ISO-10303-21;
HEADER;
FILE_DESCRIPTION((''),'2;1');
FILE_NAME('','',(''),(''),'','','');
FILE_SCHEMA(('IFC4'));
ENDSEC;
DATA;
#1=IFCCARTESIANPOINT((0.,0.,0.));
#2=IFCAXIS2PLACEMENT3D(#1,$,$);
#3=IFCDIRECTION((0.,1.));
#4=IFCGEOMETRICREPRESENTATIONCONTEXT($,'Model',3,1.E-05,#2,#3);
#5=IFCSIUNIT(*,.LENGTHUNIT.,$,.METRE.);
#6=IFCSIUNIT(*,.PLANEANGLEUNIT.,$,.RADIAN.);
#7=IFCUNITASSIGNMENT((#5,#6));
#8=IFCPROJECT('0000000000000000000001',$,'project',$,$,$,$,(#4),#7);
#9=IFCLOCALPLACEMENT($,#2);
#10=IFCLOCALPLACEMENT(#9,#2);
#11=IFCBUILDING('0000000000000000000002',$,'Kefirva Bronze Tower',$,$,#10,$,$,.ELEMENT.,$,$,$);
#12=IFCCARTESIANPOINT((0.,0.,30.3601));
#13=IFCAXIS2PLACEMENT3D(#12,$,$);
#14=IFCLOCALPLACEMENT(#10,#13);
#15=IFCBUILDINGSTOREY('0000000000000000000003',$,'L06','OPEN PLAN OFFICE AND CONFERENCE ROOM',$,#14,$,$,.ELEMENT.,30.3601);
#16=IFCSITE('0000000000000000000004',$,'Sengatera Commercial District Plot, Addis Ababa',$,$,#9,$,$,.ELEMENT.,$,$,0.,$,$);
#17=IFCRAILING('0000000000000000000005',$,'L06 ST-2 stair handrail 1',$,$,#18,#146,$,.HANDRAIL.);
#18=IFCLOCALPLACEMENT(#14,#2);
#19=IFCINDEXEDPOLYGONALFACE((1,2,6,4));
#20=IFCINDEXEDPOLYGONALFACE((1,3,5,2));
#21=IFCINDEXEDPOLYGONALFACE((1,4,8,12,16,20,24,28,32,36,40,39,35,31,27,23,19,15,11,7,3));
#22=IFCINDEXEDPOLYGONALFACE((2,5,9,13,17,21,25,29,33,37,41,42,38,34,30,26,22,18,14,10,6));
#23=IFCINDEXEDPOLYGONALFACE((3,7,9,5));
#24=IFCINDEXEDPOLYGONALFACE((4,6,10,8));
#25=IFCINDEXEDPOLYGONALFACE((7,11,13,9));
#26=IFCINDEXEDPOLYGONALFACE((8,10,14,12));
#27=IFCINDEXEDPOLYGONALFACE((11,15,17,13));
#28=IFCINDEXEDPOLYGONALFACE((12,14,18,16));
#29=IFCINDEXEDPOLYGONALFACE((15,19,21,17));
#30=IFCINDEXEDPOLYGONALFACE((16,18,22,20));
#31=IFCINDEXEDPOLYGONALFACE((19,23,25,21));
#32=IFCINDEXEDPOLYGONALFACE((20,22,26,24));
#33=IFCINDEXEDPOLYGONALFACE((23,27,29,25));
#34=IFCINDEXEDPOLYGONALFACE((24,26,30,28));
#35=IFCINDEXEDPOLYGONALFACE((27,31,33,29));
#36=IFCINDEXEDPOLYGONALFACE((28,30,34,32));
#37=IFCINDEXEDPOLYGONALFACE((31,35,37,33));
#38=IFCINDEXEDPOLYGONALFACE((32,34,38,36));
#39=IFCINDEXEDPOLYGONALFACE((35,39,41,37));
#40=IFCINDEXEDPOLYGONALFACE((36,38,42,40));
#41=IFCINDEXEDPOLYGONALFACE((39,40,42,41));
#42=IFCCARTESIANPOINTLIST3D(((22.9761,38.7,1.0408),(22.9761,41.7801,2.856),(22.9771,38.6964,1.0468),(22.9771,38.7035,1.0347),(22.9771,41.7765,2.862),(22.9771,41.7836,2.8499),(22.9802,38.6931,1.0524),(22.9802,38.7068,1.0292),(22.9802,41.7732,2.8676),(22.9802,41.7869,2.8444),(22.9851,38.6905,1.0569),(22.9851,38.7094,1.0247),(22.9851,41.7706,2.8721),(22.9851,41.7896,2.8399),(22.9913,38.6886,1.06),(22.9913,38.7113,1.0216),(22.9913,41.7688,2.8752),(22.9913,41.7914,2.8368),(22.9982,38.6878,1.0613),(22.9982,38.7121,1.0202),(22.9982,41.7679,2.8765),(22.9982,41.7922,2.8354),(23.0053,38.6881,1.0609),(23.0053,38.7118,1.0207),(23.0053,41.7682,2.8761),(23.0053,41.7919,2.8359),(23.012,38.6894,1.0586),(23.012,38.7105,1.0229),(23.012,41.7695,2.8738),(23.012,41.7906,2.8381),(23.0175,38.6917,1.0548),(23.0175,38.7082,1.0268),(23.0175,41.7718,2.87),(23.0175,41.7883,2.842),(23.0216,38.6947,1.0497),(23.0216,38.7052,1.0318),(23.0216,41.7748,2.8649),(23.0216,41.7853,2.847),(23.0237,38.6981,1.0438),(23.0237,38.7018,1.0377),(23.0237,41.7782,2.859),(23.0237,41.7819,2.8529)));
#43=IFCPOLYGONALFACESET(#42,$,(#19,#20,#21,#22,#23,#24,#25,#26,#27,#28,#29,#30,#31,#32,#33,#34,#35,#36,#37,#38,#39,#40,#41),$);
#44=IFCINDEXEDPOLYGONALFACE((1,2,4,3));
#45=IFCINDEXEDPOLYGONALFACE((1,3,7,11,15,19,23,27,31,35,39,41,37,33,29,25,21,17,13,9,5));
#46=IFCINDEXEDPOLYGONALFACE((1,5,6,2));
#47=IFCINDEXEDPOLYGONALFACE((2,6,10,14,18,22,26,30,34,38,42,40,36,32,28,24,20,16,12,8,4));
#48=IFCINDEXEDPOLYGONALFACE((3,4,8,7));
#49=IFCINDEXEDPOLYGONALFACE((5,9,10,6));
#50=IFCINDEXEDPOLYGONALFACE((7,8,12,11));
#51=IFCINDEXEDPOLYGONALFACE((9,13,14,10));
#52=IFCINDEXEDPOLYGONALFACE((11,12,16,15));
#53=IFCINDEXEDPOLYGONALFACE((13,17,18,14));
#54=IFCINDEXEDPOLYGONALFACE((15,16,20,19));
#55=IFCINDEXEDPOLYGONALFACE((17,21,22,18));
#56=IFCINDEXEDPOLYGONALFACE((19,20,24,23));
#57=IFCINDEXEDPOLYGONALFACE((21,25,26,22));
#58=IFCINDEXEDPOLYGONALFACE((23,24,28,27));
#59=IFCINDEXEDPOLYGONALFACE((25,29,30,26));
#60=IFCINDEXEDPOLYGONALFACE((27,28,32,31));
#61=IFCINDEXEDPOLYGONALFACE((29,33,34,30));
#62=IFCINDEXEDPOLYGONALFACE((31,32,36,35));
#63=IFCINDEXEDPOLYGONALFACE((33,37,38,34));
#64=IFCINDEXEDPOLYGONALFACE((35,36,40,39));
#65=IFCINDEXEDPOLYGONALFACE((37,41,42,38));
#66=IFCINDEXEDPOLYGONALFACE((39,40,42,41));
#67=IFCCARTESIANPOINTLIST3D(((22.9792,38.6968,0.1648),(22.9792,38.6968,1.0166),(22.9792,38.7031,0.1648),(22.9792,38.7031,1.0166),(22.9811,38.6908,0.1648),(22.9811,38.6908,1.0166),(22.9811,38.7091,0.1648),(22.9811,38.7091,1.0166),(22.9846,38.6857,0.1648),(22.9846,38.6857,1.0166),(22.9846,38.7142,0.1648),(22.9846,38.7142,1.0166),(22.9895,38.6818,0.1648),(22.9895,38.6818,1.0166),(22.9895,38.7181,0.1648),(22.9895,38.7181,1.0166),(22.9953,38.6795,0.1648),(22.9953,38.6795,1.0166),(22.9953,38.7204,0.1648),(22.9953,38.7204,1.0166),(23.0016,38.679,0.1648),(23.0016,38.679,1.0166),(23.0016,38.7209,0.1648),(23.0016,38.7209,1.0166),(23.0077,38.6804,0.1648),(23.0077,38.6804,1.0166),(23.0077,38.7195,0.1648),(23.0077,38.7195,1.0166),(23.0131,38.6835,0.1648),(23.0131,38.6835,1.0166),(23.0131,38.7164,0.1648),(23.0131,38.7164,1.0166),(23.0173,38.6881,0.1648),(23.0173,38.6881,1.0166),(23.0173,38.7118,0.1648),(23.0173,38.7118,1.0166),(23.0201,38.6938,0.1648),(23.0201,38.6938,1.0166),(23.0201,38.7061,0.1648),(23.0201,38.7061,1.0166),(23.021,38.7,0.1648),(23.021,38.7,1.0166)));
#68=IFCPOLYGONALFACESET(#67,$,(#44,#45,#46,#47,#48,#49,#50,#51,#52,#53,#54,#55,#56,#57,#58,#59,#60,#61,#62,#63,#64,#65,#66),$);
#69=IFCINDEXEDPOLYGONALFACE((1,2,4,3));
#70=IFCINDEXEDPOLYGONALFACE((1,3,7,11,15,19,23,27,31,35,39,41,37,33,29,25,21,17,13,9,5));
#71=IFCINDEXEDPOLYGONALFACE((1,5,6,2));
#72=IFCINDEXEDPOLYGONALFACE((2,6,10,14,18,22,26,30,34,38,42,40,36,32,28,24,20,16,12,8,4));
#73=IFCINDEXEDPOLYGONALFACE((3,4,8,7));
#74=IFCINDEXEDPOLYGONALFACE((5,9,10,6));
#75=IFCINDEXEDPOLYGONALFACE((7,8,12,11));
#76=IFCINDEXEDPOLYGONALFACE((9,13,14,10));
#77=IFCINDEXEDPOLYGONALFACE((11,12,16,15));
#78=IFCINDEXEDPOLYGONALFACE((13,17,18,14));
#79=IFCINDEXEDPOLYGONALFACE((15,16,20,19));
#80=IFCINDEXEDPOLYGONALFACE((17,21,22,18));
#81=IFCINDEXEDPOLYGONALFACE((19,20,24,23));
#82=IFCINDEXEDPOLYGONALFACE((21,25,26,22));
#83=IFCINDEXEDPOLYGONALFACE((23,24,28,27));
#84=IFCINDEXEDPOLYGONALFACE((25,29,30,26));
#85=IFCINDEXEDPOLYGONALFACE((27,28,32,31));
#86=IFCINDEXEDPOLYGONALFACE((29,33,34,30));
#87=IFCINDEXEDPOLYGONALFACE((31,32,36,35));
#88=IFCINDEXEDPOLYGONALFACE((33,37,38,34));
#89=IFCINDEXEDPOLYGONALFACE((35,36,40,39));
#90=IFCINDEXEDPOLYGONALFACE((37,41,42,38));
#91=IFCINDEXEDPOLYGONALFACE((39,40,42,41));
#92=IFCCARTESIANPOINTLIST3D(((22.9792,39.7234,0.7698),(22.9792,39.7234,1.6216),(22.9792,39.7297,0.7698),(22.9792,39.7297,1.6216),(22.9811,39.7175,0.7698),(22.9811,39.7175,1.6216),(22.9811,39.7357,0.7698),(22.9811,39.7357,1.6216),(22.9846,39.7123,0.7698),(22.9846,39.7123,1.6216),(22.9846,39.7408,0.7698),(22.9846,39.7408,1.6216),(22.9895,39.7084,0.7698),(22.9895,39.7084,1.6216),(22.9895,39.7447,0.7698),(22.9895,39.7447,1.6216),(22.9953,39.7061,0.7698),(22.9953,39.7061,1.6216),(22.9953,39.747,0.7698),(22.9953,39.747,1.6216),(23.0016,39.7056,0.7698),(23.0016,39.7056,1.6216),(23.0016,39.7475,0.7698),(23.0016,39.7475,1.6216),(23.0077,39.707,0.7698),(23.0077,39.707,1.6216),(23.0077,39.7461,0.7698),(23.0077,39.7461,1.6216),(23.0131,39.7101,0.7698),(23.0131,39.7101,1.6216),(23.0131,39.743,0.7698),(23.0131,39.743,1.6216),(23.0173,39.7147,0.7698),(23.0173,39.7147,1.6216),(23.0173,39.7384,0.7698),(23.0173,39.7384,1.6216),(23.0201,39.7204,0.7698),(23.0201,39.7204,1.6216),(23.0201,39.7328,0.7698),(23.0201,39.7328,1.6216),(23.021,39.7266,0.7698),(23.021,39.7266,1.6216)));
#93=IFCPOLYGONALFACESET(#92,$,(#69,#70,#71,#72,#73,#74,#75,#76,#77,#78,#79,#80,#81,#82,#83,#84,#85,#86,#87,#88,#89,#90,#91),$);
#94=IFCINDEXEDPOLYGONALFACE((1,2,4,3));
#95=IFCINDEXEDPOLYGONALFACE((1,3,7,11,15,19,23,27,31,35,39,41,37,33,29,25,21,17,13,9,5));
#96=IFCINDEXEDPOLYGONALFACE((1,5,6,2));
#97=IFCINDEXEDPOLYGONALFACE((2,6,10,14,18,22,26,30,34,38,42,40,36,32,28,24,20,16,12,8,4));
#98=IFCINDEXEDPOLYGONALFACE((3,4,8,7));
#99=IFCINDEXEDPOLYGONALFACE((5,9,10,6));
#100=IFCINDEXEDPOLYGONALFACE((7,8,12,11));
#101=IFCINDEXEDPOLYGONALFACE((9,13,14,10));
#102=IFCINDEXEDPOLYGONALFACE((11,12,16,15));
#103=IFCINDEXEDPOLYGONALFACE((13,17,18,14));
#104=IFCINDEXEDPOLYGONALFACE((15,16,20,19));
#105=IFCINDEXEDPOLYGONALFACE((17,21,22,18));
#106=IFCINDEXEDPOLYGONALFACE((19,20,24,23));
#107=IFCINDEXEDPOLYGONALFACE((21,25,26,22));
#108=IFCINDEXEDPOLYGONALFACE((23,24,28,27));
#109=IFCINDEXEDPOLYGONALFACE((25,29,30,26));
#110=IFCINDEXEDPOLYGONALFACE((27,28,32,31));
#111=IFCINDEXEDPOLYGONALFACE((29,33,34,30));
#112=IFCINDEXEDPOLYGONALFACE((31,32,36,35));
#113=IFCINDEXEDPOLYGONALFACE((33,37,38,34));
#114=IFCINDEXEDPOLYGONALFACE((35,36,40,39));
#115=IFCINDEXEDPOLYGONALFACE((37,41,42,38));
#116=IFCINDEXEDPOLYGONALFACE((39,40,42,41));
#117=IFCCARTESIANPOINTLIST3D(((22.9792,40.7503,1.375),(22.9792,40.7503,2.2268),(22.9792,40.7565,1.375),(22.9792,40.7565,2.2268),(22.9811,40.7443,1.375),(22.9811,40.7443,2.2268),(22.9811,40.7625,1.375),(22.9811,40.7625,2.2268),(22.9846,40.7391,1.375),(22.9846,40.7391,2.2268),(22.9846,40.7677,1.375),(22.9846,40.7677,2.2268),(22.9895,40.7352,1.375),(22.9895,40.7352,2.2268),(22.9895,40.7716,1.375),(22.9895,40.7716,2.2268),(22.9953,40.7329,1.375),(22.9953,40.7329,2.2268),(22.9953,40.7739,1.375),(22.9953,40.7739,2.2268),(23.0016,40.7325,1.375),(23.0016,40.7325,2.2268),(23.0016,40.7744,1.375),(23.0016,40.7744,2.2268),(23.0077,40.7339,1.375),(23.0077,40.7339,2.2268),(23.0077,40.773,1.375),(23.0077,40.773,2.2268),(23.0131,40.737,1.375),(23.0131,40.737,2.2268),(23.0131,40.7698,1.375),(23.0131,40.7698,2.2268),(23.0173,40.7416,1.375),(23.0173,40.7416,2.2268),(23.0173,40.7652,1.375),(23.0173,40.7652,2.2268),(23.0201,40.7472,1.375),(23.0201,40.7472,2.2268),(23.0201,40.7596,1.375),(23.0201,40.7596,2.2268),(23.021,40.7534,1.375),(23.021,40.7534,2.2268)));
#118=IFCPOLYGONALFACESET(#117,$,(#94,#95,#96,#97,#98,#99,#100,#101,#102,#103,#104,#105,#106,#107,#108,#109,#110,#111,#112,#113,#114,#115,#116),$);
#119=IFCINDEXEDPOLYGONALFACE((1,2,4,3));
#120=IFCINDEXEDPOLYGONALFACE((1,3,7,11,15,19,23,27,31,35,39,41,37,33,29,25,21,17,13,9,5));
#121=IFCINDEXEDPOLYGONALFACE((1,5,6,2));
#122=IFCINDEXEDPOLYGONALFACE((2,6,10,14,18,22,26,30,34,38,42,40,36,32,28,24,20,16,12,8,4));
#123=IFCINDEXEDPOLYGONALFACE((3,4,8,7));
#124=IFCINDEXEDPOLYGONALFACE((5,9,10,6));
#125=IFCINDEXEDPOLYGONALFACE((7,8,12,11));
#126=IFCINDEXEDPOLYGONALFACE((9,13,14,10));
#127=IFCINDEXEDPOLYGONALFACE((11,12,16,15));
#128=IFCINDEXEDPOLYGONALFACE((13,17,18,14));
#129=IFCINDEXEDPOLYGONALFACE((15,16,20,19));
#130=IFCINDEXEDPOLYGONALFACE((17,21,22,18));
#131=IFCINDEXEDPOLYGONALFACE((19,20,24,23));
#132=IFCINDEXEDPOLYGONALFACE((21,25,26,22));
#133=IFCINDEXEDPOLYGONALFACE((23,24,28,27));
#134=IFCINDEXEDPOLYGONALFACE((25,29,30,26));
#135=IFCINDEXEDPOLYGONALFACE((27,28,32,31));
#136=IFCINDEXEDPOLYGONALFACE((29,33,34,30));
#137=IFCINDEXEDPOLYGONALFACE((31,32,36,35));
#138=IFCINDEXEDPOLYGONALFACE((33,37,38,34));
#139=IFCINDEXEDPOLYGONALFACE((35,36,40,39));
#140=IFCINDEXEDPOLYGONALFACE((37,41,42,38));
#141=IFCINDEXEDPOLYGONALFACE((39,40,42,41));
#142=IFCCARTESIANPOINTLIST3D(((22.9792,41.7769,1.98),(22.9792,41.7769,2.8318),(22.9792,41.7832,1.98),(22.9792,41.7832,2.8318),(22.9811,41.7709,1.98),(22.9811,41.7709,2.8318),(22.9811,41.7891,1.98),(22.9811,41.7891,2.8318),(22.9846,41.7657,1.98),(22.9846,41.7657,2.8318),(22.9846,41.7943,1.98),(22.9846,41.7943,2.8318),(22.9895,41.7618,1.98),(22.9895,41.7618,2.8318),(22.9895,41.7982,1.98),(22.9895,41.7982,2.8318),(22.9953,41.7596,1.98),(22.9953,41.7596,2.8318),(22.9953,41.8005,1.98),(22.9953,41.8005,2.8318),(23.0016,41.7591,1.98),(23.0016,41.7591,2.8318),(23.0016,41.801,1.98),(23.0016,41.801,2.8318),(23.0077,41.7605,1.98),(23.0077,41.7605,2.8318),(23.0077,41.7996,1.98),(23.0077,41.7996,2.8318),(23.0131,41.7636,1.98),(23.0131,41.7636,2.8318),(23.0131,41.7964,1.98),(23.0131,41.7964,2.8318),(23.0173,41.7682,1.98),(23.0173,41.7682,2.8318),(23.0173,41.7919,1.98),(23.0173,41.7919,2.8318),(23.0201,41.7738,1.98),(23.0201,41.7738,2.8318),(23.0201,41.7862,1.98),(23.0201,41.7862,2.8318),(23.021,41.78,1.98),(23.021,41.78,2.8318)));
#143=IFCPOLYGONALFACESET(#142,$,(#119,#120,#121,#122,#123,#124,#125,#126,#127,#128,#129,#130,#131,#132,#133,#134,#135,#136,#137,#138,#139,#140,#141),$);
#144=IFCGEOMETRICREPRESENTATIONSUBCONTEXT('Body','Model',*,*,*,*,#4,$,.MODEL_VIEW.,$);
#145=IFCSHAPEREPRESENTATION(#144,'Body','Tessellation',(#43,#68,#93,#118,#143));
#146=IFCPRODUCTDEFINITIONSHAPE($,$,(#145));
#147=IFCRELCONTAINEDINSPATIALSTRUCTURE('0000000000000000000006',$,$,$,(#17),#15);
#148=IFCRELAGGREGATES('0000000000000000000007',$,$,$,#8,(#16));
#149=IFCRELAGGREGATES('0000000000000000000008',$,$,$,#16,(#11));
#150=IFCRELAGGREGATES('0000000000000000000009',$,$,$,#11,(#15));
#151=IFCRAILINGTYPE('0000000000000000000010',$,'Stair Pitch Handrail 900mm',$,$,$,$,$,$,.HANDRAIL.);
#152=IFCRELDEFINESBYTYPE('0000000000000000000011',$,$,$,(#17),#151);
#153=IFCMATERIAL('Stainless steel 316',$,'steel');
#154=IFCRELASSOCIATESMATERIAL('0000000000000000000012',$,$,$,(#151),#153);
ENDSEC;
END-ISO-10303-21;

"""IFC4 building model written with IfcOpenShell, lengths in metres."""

from ifc_helpers import new_model, si_unit, direction, frame, origin, origin_2d, place, context, subcontext, project, spatial, circle, extrude, material, type_object, element, save


model = new_model("IFC4")

# Units and contexts
model_context = context("Model", 3, precision=1e-05, world=origin(), true_north=direction((0.0, 1.0)))
body_context = subcontext(model_context, "Body", "Model", "MODEL_VIEW")
ifc_project = project(units=[si_unit("LENGTHUNIT", "METRE"), si_unit("PLANEANGLEUNIT", "RADIAN")], contexts=[model_context])

# Site, building, storey
site_placement = place(None, origin())
site = spatial("IfcSite", under=ifc_project, at=site_placement, Name="Sengatera Commercial District Plot, Addis Ababa", CompositionType="ELEMENT", RefElevation=0.0)
building_placement = place(site_placement, origin())
building = spatial("IfcBuilding", under=site, at=building_placement, Name="Kefirva Bronze Tower", CompositionType="ELEMENT")
storey_placement = place(building_placement, frame((0.0, 0.0, 30.3601)))
storey = spatial("IfcBuildingStorey", under=building, at=storey_placement, Name="L06", Description="OPEN PLAN OFFICE AND CONFERENCE ROOM", CompositionType="ELEMENT", Elevation=30.3601)

# Railing
ifc_material_1 = material(Name="Stainless steel 316", Category="steel")
railing_type_1 = type_object("IfcRailingType", Name="Stair Pitch Handrail 900mm", PredefinedType="HANDRAIL", material=ifc_material_1)
railing_1_placement = place(storey_placement, frame((23.0, 38.7, 0.1648)))
element("IfcRailing", 1, at=railing_1_placement, inside=storey, type_object=railing_type_1, Name="L06 ST-2 stair handrail 1", PredefinedType="HANDRAIL", context=body_context, shape_type="SweptSolid", body=[
    extrude(circle(Radius=0.0239, at=origin_2d()), frame((0.0, 0.0, 0.876), z_axis=(0.0, 0.861521, 0.507721), x_axis=(-1.0, 0.0, 0.0)), (0.0, 0.0, 1.0), 3.5752),
    extrude(circle(Radius=0.021, at=origin_2d()), origin(), (0.0, 0.0, 1.0), 0.8518),
    extrude(circle(Radius=0.021, at=origin_2d()), frame((0.0, 1.0266, 0.605)), (0.0, 0.0, 1.0), 0.8518),
    extrude(circle(Radius=0.021, at=origin_2d()), frame((0.0, 2.0535, 1.2102)), (0.0, 0.0, 1.0), 0.8518),
    extrude(circle(Radius=0.021, at=origin_2d()), frame((0.0, 3.0801, 1.8152)), (0.0, 0.0, 1.0), 0.8518),
])

save(model, "model.ifc")
